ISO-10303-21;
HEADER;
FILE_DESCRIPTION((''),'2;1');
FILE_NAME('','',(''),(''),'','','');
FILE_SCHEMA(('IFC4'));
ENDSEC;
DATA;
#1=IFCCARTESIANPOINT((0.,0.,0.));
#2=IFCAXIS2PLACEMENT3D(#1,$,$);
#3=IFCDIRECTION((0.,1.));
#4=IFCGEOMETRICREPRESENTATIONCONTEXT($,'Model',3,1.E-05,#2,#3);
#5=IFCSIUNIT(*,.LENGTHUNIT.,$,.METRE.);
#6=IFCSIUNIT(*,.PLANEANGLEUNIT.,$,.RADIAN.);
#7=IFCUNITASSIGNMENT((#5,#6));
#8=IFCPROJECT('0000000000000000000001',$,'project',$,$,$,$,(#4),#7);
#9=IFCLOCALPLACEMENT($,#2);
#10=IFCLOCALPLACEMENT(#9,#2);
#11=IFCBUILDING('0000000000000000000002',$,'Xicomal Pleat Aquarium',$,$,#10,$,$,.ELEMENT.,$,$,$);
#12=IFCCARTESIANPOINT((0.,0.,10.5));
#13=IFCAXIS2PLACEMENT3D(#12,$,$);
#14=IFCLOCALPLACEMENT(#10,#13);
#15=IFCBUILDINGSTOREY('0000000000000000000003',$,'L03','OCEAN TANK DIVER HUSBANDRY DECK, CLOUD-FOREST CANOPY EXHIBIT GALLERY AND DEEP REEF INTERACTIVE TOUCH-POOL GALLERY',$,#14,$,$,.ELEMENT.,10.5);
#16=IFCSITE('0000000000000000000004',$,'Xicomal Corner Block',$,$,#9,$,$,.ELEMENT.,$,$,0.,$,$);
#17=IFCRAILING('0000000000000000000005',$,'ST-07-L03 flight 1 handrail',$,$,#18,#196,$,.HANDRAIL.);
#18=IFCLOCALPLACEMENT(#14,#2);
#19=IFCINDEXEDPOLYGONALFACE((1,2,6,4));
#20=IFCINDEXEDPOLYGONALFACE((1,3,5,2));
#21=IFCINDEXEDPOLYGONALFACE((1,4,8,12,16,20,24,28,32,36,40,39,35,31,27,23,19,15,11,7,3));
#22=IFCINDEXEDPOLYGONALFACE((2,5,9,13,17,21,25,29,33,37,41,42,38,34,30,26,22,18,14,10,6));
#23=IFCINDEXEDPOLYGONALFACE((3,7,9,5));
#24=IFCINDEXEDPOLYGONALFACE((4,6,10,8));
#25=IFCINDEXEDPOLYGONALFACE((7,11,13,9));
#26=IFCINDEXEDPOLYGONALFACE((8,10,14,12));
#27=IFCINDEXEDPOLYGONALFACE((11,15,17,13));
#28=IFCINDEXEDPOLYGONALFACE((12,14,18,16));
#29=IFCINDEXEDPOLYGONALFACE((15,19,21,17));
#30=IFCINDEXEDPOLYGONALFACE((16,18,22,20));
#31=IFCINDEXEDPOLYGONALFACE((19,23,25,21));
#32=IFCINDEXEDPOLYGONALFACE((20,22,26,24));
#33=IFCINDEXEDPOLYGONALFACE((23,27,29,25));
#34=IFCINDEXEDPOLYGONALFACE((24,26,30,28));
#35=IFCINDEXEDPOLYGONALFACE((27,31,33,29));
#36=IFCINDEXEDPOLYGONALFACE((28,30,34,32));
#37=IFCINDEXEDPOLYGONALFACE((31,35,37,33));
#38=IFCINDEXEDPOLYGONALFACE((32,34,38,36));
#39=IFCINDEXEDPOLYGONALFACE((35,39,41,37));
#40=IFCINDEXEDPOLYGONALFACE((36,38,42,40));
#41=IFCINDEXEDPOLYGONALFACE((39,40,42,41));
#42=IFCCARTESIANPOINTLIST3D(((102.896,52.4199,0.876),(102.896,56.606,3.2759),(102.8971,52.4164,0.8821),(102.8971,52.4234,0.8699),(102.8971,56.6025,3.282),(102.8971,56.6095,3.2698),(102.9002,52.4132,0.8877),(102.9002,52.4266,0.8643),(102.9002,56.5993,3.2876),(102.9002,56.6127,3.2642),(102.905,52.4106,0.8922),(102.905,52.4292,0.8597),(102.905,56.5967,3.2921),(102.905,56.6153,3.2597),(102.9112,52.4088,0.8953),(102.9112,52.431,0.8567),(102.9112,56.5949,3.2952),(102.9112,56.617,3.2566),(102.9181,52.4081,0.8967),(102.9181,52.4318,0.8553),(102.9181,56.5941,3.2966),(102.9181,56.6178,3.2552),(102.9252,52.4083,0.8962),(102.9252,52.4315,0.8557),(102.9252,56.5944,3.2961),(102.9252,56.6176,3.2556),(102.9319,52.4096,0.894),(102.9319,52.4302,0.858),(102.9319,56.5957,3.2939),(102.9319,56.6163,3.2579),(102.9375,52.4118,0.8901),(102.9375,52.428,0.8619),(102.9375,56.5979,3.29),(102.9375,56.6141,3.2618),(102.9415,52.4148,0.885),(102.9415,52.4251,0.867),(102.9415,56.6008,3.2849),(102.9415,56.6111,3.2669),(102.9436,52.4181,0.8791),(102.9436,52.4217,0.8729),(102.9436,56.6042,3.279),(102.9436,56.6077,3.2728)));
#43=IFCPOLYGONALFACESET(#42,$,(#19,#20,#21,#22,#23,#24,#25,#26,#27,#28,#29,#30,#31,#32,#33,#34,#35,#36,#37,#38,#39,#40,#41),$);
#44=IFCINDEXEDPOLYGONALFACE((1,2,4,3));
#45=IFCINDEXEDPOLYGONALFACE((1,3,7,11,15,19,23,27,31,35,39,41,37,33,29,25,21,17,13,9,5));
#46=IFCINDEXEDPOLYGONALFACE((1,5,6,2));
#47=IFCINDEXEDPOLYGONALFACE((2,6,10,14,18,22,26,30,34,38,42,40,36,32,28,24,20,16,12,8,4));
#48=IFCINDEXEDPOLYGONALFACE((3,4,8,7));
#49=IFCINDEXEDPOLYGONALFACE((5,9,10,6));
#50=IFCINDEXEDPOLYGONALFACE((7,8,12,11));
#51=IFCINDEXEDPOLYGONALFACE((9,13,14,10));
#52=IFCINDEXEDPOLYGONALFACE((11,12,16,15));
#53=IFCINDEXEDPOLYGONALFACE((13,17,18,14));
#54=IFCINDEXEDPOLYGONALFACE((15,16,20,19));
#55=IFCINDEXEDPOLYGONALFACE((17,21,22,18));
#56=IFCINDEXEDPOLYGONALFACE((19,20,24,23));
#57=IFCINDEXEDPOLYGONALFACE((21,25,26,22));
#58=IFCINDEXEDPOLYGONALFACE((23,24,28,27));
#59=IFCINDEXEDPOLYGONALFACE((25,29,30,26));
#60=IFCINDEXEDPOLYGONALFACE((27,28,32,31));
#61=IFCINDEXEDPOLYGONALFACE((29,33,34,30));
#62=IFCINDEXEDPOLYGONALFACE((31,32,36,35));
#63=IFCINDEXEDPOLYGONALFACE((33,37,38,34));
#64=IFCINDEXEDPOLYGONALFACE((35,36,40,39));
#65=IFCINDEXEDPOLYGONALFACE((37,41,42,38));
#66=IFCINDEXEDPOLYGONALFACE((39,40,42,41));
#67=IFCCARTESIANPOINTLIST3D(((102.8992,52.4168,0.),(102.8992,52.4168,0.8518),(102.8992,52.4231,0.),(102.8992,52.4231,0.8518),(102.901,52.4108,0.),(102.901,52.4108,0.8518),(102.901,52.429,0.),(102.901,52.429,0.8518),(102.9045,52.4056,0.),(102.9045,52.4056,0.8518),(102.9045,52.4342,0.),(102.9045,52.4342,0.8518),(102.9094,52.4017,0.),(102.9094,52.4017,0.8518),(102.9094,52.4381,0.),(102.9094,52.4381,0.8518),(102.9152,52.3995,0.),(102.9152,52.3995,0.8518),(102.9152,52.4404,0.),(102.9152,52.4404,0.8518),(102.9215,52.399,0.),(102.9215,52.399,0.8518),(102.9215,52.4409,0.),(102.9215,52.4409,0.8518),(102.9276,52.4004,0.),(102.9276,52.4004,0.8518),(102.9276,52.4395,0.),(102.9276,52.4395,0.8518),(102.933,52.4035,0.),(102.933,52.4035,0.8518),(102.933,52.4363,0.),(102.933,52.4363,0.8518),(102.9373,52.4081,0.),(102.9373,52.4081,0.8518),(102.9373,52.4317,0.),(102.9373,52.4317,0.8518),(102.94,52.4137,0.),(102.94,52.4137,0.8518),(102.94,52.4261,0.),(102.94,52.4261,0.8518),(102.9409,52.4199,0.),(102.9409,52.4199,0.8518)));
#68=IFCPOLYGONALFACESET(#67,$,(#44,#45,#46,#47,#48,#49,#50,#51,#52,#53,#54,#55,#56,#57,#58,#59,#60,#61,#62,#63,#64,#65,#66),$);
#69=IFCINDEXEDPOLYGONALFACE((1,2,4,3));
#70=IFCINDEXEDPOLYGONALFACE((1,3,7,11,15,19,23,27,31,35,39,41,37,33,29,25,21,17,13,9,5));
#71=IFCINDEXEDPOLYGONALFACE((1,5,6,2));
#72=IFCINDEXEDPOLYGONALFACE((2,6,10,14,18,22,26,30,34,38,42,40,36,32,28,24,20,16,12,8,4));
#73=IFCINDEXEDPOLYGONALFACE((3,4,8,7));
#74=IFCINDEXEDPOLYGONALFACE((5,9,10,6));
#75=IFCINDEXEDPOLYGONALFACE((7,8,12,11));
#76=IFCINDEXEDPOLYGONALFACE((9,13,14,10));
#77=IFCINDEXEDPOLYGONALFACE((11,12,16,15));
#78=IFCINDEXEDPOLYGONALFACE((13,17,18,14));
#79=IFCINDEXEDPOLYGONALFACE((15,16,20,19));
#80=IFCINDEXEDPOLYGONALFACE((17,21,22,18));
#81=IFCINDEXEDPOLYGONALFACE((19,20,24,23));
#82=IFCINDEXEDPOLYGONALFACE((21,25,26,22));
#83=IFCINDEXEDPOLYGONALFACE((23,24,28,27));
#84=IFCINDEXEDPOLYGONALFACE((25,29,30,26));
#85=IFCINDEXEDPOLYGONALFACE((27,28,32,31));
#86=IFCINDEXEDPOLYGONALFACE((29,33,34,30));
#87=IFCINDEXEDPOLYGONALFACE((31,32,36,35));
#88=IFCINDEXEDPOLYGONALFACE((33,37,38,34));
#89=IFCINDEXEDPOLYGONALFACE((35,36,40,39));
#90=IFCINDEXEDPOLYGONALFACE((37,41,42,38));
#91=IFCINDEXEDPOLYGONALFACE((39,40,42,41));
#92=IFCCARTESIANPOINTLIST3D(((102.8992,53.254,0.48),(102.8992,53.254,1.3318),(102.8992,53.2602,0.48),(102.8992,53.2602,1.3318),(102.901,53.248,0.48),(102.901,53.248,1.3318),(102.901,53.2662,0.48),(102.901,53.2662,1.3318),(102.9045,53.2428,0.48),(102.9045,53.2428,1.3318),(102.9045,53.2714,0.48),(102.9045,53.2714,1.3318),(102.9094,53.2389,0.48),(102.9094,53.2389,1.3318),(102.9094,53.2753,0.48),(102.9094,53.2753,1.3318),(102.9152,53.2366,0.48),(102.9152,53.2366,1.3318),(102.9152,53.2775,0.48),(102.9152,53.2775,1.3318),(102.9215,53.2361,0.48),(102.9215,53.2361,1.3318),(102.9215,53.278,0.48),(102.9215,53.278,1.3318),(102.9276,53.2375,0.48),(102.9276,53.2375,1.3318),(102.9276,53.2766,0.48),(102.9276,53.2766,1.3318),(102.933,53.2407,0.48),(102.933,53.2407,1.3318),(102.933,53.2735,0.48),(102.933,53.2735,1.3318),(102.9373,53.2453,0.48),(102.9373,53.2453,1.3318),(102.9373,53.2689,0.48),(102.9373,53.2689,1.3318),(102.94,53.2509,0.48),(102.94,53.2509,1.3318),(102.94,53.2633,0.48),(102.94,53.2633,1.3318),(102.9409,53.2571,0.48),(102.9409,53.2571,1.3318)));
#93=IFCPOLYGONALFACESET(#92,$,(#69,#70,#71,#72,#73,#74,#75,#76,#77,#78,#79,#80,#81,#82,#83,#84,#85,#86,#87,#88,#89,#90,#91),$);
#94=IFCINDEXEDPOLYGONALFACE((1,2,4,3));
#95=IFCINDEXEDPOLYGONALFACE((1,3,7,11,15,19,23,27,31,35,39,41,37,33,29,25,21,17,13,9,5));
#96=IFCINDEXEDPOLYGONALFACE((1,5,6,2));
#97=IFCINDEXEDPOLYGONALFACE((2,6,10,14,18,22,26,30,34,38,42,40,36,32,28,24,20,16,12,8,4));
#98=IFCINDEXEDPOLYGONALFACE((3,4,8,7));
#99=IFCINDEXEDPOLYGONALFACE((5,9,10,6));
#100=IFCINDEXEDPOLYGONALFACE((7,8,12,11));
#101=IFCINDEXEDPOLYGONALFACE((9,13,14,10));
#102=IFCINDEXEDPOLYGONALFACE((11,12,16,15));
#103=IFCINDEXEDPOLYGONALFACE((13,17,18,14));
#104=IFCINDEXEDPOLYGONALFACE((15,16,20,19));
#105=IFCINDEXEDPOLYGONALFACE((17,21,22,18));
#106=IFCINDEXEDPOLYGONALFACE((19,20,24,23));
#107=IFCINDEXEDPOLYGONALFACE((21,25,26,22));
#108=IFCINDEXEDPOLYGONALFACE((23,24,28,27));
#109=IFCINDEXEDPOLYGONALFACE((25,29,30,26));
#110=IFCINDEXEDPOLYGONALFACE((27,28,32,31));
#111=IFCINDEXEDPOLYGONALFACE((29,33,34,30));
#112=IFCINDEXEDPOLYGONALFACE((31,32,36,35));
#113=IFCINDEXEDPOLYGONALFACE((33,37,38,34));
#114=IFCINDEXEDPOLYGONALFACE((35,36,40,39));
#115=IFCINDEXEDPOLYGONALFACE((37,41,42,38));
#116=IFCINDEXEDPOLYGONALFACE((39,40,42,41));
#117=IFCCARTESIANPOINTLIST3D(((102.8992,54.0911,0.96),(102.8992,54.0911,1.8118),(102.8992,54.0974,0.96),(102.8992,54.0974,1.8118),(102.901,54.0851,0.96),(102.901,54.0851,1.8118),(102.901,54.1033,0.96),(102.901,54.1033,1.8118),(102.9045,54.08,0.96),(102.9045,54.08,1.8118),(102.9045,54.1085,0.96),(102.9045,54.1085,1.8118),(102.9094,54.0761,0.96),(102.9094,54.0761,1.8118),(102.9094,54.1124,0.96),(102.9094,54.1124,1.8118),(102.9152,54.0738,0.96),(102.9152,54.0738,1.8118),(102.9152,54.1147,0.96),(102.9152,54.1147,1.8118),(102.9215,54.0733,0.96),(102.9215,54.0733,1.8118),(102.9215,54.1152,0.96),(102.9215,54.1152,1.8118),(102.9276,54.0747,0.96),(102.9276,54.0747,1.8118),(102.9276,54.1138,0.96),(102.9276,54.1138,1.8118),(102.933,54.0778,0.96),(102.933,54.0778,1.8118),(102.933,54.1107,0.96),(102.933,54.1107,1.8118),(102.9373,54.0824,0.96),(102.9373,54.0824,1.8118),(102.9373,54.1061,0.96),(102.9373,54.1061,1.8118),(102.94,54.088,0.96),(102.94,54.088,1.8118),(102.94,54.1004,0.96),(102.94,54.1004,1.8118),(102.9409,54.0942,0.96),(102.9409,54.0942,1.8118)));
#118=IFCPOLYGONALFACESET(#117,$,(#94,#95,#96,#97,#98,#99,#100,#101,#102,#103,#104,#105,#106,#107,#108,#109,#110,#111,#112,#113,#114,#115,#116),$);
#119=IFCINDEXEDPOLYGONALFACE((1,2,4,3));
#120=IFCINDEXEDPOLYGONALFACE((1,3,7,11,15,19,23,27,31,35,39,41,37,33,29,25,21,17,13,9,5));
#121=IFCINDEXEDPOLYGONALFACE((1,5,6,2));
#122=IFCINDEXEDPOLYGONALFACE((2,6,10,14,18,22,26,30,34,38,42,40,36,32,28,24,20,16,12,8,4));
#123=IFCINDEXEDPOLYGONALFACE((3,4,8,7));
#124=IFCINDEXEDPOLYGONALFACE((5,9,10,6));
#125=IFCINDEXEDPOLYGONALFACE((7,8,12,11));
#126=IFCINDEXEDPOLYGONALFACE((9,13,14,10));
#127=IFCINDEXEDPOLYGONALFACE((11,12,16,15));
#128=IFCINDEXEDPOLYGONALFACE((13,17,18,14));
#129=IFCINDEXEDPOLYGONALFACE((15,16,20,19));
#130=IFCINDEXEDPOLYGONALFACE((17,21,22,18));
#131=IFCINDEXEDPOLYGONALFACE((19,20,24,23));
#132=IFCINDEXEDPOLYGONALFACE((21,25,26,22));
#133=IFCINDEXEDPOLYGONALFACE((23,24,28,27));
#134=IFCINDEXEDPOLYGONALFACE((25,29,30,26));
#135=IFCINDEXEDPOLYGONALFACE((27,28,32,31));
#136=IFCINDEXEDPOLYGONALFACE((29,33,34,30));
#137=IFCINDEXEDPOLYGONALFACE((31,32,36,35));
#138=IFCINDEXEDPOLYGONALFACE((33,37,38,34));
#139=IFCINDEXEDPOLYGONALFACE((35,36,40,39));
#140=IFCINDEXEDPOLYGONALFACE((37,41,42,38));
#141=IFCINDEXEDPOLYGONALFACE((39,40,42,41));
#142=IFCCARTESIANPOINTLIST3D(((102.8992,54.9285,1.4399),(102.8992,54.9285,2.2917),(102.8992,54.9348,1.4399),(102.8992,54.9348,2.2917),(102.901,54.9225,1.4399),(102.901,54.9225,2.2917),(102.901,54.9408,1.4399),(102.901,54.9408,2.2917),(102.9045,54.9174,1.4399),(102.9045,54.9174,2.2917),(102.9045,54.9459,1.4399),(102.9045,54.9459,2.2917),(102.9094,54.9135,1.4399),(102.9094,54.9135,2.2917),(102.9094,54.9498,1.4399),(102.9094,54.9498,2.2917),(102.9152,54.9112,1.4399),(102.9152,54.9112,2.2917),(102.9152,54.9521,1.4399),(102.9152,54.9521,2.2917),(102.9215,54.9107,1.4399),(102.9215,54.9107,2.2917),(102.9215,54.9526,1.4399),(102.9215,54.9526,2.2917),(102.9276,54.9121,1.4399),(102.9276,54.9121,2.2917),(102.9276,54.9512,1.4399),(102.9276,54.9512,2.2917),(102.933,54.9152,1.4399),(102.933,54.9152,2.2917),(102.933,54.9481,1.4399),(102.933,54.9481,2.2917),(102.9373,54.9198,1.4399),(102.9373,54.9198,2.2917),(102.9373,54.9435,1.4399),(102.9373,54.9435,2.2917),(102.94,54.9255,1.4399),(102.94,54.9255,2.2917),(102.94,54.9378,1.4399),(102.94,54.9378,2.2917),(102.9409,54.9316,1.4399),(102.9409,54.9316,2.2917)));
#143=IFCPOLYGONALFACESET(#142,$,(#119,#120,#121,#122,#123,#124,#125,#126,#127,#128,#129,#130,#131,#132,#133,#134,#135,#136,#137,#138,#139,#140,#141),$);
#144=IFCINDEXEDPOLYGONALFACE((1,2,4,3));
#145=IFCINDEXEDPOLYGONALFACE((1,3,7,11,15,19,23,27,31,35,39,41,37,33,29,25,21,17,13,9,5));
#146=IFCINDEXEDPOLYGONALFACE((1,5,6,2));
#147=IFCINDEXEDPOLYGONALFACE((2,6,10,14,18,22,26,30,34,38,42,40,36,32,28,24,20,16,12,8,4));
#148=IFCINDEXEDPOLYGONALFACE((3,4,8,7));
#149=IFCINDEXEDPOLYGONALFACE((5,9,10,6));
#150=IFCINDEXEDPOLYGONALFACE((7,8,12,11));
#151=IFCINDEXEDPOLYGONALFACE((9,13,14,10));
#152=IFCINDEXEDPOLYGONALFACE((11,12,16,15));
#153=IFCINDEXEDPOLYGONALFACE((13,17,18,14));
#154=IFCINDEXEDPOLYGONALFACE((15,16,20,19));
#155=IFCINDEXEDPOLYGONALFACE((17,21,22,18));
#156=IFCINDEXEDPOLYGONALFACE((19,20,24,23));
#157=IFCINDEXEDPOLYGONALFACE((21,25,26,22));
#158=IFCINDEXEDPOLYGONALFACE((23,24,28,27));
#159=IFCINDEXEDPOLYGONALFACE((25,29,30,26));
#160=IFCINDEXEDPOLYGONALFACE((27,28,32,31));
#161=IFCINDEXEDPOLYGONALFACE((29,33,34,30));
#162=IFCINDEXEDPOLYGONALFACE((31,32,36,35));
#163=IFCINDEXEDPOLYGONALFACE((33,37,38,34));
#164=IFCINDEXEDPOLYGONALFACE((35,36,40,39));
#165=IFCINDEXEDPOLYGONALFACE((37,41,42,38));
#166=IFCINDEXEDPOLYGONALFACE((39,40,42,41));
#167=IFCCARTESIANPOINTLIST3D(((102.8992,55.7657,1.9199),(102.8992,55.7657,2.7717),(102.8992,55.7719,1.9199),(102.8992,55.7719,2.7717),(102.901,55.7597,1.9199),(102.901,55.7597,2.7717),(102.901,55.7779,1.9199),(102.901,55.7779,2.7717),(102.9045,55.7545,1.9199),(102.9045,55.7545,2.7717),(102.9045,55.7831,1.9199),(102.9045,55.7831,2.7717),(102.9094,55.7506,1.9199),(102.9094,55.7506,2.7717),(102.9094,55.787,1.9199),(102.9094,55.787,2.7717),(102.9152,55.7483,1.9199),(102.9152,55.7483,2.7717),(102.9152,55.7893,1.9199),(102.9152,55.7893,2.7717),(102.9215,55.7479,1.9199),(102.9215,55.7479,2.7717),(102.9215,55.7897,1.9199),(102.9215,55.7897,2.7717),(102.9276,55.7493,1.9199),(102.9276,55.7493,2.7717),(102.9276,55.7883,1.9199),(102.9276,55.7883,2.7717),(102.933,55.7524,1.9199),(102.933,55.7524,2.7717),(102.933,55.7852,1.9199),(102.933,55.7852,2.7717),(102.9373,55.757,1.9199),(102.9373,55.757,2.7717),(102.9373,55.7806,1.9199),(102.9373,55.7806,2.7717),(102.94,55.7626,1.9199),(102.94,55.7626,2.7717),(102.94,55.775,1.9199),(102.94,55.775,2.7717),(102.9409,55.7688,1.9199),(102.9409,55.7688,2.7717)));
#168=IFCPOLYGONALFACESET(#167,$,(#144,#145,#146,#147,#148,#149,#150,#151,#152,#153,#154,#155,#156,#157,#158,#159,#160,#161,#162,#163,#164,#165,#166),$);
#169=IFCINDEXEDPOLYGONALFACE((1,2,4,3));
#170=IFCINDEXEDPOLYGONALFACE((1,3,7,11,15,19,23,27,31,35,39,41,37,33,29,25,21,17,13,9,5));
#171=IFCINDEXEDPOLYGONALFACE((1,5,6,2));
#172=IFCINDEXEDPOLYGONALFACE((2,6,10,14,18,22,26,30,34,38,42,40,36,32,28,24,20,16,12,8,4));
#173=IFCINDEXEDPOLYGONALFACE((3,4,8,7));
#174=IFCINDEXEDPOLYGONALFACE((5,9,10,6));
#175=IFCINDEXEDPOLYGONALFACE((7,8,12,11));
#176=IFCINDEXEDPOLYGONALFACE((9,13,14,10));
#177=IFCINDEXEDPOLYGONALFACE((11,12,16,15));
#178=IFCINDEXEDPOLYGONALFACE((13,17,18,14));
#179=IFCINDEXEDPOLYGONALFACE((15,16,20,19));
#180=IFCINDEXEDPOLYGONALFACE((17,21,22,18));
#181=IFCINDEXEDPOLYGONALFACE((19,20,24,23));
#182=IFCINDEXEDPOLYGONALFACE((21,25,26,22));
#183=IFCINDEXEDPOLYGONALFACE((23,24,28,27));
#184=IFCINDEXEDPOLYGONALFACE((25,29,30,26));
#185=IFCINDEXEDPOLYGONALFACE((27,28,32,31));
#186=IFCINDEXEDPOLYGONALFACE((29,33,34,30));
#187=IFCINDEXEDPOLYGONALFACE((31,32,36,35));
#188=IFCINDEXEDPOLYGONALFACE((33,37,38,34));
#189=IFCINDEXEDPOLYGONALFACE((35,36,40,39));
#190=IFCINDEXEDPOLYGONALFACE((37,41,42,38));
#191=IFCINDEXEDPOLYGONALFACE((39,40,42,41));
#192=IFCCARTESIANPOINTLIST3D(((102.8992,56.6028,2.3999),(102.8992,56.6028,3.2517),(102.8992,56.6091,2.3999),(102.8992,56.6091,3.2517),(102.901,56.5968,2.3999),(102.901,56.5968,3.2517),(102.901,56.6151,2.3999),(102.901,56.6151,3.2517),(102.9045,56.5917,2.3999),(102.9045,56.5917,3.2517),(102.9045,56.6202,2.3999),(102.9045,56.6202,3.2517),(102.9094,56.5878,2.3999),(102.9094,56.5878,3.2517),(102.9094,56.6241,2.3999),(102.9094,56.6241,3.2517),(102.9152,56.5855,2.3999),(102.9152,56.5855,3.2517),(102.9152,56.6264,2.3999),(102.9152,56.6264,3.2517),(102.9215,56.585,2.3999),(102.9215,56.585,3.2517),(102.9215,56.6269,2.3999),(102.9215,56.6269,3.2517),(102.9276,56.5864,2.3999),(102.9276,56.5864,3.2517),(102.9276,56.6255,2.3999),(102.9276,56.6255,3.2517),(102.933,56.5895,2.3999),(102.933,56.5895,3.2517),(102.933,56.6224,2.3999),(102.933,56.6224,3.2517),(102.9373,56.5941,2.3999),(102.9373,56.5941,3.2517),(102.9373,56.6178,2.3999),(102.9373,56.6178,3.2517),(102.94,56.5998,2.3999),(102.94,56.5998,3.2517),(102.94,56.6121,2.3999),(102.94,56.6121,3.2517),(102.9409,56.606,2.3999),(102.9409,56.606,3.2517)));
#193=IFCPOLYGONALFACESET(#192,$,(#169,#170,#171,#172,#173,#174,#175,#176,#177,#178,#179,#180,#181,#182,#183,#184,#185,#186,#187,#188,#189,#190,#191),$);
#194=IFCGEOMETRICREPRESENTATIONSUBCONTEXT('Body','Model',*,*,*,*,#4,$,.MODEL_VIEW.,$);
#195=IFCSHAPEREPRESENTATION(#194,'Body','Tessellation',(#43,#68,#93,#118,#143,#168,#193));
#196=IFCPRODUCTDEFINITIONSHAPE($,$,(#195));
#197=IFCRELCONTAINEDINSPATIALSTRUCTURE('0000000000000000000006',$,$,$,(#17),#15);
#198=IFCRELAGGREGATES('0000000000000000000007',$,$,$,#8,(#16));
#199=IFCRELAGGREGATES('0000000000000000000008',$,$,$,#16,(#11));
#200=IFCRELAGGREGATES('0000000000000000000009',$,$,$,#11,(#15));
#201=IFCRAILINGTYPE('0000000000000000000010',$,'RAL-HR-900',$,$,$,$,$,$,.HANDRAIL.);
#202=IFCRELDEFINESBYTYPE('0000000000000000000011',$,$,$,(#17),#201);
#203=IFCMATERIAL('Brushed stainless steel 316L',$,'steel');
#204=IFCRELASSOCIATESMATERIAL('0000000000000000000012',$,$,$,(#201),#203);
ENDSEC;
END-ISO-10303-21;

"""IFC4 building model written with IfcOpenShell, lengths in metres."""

from ifc_helpers import new_model, si_unit, direction, frame, origin, origin_2d, place, context, subcontext, project, spatial, circle, extrude, material, type_object, element, save


model = new_model("IFC4")

# Units and contexts
model_context = context("Model", 3, precision=1e-05, world=origin(), true_north=direction((0.0, 1.0)))
body_context = subcontext(model_context, "Body", "Model", "MODEL_VIEW")
ifc_project = project(units=[si_unit("LENGTHUNIT", "METRE"), si_unit("PLANEANGLEUNIT", "RADIAN")], contexts=[model_context])

# Site, building, storey
site_placement = place(None, origin())
site = spatial("IfcSite", under=ifc_project, at=site_placement, Name="Xicomal Corner Block", CompositionType="ELEMENT", RefElevation=0.0)
building_placement = place(site_placement, origin())
building = spatial("IfcBuilding", under=site, at=building_placement, Name="Xicomal Pleat Aquarium", CompositionType="ELEMENT")
storey_placement = place(building_placement, frame((0.0, 0.0, 10.5)))
storey = spatial("IfcBuildingStorey", under=building, at=storey_placement, Name="L03", Description="OCEAN TANK DIVER HUSBANDRY DECK, CLOUD-FOREST CANOPY EXHIBIT GALLERY AND DEEP REEF INTERACTIVE TOUCH-POOL GALLERY", CompositionType="ELEMENT", Elevation=10.5)

# Railing
ifc_material_1 = material(Name="Brushed stainless steel 316L", Category="steel")
railing_type_1 = type_object("IfcRailingType", Name="RAL-HR-900", PredefinedType="HANDRAIL", material=ifc_material_1)
railing_1_placement = place(storey_placement, frame((102.9199, 52.4199, 0.0)))
element("IfcRailing", 1, at=railing_1_placement, inside=storey, type_object=railing_type_1, Name="ST-07-L03 flight 1 handrail", PredefinedType="HANDRAIL", context=body_context, shape_type="SweptSolid", body=[
    extrude(circle(Radius=0.0239, at=origin_2d()), frame((0.0, 0.0, 0.876), z_axis=(0.0, 0.867539, 0.49737), x_axis=(-1.0, 0.0, 0.0)), (0.0, 0.0, 1.0), 4.8252),
    extrude(circle(Radius=0.021, at=origin_2d()), origin(), (0.0, 0.0, 1.0), 0.8518),
    extrude(circle(Radius=0.021, at=origin_2d()), frame((0.0, 0.8372, 0.48)), (0.0, 0.0, 1.0), 0.8518),
    extrude(circle(Radius=0.021, at=origin_2d()), frame((0.0, 1.6743, 0.96)), (0.0, 0.0, 1.0), 0.8518),
    extrude(circle(Radius=0.021, at=origin_2d()), frame((0.0, 2.5117, 1.4399)), (0.0, 0.0, 1.0), 0.8518),
    extrude(circle(Radius=0.021, at=origin_2d()), frame((0.0, 3.3489, 1.9199)), (0.0, 0.0, 1.0), 0.8518),
    extrude(circle(Radius=0.021, at=origin_2d()), frame((0.0, 4.186, 2.3999)), (0.0, 0.0, 1.0), 0.8518),
])

save(model, "model.ifc")
